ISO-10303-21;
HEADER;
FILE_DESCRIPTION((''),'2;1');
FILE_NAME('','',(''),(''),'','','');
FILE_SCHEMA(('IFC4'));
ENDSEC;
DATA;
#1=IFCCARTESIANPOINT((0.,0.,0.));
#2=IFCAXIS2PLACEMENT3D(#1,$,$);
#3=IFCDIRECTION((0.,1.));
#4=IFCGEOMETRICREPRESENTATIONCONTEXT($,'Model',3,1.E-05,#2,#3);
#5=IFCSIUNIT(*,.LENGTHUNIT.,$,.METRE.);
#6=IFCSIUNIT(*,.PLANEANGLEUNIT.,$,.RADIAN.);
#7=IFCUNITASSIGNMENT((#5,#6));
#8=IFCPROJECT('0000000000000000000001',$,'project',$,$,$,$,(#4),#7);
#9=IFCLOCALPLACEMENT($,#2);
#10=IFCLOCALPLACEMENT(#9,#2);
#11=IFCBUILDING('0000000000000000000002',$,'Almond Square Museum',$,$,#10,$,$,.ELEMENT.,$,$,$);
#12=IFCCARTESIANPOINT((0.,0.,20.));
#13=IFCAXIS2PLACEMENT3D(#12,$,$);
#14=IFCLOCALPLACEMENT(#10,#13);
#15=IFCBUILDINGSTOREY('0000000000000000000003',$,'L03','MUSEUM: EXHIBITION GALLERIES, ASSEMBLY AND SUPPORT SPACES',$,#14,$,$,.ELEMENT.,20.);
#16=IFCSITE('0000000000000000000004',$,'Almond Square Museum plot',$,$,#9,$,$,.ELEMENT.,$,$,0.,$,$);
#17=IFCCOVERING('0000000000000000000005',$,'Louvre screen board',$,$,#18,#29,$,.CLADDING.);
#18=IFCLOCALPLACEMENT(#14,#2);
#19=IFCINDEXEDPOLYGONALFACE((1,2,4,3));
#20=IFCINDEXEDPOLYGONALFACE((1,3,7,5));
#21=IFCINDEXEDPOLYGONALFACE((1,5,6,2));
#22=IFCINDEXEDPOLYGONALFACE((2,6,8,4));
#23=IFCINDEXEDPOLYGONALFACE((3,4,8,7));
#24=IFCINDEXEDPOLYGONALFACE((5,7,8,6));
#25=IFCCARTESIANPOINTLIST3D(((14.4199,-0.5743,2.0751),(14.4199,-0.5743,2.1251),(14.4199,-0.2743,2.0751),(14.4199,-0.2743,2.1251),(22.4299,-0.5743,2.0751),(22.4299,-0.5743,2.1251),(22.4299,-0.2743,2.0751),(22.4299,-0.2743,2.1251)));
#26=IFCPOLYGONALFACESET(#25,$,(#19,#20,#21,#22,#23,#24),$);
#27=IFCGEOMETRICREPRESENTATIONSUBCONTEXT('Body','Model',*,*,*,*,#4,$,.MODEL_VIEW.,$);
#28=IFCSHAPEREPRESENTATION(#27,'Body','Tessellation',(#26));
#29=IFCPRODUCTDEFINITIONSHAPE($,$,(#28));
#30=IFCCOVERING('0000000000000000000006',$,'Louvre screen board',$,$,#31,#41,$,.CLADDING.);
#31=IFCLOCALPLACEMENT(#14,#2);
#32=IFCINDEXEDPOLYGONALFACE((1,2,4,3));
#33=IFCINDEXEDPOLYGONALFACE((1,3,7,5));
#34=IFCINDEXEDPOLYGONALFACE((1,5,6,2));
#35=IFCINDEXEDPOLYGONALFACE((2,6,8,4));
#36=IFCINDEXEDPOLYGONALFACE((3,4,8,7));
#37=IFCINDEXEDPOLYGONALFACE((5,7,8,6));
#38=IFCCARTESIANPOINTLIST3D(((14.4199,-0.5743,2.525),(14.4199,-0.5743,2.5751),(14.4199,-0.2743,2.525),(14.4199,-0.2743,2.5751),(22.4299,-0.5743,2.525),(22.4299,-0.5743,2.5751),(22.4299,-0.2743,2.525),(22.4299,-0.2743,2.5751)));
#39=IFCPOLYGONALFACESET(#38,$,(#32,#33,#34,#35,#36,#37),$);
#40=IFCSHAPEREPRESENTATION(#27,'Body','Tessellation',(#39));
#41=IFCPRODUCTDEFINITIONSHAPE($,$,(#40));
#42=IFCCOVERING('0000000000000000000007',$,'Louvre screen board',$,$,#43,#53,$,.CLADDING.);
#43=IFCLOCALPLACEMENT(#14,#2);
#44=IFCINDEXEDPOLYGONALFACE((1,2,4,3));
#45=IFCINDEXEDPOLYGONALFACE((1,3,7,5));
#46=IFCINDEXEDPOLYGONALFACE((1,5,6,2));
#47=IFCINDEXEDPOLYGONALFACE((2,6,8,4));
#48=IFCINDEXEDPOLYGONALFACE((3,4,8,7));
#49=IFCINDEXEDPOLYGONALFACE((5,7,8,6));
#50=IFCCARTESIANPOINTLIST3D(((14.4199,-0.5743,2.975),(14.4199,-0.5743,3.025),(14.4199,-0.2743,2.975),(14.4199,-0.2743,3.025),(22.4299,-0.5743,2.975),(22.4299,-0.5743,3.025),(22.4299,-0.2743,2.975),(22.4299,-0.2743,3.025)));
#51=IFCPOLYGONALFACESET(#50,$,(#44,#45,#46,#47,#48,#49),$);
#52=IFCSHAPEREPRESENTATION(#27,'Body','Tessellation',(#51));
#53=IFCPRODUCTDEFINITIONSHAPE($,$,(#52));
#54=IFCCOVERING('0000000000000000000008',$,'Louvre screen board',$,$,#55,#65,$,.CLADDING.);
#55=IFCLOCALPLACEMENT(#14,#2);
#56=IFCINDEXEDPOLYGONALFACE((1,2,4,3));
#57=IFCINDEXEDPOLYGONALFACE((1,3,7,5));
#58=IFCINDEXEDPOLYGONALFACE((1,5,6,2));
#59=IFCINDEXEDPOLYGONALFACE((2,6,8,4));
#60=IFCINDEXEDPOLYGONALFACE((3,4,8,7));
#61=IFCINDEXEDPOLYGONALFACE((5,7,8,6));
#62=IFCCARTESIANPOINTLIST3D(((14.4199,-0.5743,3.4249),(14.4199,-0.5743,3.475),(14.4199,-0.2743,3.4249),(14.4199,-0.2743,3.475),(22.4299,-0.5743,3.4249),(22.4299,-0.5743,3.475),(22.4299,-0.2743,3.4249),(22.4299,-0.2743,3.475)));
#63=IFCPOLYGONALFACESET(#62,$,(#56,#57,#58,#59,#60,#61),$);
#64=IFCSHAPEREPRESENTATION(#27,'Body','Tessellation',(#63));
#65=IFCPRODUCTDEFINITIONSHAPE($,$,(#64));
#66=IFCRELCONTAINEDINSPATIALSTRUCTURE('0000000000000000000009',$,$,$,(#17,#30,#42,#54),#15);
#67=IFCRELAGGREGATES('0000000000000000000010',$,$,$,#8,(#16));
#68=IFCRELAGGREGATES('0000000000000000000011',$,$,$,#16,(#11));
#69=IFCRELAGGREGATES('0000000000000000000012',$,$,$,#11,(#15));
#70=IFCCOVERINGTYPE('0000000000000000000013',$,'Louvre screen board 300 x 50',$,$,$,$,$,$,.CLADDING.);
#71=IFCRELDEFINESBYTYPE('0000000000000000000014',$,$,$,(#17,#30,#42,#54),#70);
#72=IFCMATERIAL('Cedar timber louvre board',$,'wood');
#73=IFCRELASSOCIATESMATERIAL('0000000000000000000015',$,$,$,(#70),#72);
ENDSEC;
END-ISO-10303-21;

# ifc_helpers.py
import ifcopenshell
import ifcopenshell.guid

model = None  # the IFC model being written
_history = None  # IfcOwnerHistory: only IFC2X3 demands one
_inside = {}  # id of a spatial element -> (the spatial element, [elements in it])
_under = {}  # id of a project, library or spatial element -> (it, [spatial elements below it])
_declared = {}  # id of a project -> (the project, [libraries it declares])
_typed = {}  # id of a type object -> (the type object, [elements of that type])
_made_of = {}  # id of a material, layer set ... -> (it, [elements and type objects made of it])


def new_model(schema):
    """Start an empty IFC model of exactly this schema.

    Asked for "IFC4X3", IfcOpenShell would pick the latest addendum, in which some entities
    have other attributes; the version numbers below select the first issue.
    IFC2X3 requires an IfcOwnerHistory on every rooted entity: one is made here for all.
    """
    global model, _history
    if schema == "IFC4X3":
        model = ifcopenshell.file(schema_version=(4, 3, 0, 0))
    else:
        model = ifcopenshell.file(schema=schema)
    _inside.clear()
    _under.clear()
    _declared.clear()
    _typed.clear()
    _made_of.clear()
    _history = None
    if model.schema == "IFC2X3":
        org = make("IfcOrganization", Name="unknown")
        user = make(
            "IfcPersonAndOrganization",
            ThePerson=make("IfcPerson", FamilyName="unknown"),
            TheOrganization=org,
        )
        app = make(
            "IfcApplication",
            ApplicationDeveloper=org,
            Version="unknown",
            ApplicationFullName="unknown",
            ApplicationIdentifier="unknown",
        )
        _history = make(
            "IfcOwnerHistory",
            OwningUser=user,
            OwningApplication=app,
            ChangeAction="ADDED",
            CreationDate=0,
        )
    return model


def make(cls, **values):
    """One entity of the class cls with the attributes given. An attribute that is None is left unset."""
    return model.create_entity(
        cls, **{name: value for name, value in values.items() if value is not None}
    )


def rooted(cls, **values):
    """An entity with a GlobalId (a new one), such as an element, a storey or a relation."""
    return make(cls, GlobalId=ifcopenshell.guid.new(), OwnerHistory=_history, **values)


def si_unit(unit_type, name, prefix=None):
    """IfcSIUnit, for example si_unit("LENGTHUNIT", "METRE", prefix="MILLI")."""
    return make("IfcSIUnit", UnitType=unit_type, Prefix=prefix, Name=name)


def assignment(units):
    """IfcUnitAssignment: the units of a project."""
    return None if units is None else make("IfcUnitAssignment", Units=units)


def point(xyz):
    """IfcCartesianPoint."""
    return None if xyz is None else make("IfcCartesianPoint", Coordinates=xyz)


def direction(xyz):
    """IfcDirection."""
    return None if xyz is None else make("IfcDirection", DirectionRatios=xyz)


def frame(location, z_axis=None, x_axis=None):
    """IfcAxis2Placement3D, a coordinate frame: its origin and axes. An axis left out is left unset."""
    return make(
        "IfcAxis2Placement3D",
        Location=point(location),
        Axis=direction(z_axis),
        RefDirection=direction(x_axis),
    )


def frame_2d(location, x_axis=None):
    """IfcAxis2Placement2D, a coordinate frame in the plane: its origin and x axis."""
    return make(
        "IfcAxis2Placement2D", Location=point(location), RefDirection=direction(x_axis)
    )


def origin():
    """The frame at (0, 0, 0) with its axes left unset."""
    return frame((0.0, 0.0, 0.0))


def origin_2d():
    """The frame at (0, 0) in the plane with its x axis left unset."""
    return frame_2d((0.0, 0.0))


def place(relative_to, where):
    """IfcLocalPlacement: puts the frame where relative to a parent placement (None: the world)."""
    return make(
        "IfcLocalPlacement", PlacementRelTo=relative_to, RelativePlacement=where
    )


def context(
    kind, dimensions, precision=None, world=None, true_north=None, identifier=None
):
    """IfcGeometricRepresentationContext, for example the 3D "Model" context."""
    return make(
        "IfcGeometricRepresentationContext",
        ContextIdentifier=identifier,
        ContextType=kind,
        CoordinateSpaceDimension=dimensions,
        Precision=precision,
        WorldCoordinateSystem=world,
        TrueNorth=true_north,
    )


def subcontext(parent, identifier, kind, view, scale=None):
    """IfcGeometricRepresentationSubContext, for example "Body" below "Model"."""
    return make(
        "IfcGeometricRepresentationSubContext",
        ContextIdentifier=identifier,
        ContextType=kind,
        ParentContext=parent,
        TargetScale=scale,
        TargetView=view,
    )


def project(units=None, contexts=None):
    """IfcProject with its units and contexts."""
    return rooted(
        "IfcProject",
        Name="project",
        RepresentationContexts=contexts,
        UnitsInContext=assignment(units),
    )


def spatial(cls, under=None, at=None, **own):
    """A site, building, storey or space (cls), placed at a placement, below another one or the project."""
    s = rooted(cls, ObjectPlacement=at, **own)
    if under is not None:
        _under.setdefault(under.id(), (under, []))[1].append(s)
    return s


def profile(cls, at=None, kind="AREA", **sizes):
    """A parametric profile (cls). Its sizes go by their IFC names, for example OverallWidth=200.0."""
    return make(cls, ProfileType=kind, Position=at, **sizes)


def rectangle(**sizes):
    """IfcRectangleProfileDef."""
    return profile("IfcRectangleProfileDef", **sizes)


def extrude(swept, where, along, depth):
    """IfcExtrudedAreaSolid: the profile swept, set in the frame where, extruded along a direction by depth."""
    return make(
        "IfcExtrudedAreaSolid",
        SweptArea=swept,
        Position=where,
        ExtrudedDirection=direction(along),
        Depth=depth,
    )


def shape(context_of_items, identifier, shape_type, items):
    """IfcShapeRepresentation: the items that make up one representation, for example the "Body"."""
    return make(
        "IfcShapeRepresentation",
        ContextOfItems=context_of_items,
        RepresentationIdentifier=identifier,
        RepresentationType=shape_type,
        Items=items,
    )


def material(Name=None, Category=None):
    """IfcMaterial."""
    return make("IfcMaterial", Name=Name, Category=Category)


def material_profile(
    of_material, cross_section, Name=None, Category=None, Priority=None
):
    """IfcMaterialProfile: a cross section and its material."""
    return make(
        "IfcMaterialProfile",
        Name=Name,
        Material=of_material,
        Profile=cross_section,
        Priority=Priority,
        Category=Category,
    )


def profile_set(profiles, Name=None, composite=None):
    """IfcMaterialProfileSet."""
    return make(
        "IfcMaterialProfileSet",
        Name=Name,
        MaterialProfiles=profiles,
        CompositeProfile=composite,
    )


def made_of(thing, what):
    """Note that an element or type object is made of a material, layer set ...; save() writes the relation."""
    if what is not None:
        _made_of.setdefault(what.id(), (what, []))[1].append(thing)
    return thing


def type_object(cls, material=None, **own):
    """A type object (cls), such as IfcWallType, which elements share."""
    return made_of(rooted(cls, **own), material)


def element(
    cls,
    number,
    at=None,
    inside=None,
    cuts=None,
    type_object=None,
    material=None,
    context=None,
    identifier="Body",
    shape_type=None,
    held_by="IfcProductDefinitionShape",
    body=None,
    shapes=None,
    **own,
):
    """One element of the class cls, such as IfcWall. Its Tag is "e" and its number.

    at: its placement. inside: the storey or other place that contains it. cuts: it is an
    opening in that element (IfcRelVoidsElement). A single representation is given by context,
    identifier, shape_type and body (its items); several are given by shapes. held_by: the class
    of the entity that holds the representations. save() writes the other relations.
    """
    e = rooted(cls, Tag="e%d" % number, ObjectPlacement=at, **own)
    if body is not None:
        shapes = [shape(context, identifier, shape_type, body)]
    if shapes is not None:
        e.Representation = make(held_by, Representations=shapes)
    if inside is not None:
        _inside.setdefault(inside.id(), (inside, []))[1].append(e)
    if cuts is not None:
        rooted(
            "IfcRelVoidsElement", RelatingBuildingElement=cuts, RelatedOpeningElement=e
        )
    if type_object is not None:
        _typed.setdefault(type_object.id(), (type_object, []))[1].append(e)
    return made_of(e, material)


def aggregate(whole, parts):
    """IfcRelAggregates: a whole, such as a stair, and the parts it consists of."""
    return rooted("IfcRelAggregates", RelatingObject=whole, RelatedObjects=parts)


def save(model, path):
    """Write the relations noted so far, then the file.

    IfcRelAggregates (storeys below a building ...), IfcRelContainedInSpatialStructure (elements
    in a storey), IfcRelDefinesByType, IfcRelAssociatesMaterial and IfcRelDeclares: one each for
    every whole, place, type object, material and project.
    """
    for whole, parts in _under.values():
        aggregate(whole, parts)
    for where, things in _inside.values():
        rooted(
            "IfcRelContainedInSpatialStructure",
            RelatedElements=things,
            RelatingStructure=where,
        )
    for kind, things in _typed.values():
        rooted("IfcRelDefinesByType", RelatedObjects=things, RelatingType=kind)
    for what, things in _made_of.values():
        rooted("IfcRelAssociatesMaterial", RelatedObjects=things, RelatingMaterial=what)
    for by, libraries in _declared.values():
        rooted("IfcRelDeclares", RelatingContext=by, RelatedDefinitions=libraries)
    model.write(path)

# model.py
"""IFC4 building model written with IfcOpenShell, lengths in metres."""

from ifc_helpers import new_model, si_unit, direction, frame, origin, origin_2d, place, context, subcontext, project, spatial, rectangle, extrude, material, material_profile, profile_set, type_object, element, save


model = new_model("IFC4")

# Units and contexts
model_context = context("Model", 3, precision=1e-05, world=origin(), true_north=direction((0.0, 1.0)))
body_context = subcontext(model_context, "Body", "Model", "MODEL_VIEW")
ifc_project = project(units=[si_unit("LENGTHUNIT", "METRE"), si_unit("PLANEANGLEUNIT", "RADIAN")], contexts=[model_context])

# Site, building, storey
site_placement = place(None, origin())
site = spatial("IfcSite", under=ifc_project, at=site_placement, Name="Almond Square Museum plot", CompositionType="ELEMENT", RefElevation=0.0)
building_placement = place(site_placement, origin())
building = spatial("IfcBuilding", under=site, at=building_placement, Name="Almond Square Museum", CompositionType="ELEMENT")
storey_placement = place(building_placement, frame((0.0, 0.0, 20.0)))
storey = spatial("IfcBuildingStorey", under=building, at=storey_placement, Name="L03", Description="MUSEUM: EXHIBITION GALLERIES, ASSEMBLY AND SUPPORT SPACES", CompositionType="ELEMENT", Elevation=20.0)

# Coverings
ifc_material_1 = material(Name="Cedar timber louvre board", Category="wood")
ifc_material_profile_1 = material_profile(ifc_material_1, rectangle(XDim=0.3, YDim=0.05, at=origin_2d()))
ifc_profile_set_1 = profile_set([ifc_material_profile_1], Name="Cedar timber louvre board")
covering_type = type_object("IfcCoveringType", Name="Louvre screen board 300 x 50", PredefinedType="CLADDING", material=ifc_profile_set_1)
for number, where, z_axis, x_axis, name in (
    (1, (14.4199, -0.4243, 2.1001), (1.0, 0.0, 0.0), (0.0, 1.0, 0.0), "Louvre screen board"),
    (2, (14.4199, -0.4243, 2.55), (1.0, 0.0, 0.0), (0.0, 1.0, 0.0), "Louvre screen board"),
    (3, (14.4199, -0.4243, 3.0), (1.0, 0.0, 0.0), (0.0, 1.0, 0.0), "Louvre screen board"),
    (4, (14.4199, -0.4243, 3.45), (1.0, 0.0, 0.0), (0.0, 1.0, 0.0), "Louvre screen board"),
):
    element("IfcCovering", number, at=place(storey_placement, frame(where, z_axis=z_axis, x_axis=x_axis)), inside=storey, type_object=covering_type, Name=name, PredefinedType="CLADDING", context=body_context, shape_type="SweptSolid", body=[
        extrude(rectangle(XDim=0.3, YDim=0.05, at=origin_2d()), origin(), (0.0, 0.0, 1.0), 8.01),
    ])

save(model, "model.ifc")
